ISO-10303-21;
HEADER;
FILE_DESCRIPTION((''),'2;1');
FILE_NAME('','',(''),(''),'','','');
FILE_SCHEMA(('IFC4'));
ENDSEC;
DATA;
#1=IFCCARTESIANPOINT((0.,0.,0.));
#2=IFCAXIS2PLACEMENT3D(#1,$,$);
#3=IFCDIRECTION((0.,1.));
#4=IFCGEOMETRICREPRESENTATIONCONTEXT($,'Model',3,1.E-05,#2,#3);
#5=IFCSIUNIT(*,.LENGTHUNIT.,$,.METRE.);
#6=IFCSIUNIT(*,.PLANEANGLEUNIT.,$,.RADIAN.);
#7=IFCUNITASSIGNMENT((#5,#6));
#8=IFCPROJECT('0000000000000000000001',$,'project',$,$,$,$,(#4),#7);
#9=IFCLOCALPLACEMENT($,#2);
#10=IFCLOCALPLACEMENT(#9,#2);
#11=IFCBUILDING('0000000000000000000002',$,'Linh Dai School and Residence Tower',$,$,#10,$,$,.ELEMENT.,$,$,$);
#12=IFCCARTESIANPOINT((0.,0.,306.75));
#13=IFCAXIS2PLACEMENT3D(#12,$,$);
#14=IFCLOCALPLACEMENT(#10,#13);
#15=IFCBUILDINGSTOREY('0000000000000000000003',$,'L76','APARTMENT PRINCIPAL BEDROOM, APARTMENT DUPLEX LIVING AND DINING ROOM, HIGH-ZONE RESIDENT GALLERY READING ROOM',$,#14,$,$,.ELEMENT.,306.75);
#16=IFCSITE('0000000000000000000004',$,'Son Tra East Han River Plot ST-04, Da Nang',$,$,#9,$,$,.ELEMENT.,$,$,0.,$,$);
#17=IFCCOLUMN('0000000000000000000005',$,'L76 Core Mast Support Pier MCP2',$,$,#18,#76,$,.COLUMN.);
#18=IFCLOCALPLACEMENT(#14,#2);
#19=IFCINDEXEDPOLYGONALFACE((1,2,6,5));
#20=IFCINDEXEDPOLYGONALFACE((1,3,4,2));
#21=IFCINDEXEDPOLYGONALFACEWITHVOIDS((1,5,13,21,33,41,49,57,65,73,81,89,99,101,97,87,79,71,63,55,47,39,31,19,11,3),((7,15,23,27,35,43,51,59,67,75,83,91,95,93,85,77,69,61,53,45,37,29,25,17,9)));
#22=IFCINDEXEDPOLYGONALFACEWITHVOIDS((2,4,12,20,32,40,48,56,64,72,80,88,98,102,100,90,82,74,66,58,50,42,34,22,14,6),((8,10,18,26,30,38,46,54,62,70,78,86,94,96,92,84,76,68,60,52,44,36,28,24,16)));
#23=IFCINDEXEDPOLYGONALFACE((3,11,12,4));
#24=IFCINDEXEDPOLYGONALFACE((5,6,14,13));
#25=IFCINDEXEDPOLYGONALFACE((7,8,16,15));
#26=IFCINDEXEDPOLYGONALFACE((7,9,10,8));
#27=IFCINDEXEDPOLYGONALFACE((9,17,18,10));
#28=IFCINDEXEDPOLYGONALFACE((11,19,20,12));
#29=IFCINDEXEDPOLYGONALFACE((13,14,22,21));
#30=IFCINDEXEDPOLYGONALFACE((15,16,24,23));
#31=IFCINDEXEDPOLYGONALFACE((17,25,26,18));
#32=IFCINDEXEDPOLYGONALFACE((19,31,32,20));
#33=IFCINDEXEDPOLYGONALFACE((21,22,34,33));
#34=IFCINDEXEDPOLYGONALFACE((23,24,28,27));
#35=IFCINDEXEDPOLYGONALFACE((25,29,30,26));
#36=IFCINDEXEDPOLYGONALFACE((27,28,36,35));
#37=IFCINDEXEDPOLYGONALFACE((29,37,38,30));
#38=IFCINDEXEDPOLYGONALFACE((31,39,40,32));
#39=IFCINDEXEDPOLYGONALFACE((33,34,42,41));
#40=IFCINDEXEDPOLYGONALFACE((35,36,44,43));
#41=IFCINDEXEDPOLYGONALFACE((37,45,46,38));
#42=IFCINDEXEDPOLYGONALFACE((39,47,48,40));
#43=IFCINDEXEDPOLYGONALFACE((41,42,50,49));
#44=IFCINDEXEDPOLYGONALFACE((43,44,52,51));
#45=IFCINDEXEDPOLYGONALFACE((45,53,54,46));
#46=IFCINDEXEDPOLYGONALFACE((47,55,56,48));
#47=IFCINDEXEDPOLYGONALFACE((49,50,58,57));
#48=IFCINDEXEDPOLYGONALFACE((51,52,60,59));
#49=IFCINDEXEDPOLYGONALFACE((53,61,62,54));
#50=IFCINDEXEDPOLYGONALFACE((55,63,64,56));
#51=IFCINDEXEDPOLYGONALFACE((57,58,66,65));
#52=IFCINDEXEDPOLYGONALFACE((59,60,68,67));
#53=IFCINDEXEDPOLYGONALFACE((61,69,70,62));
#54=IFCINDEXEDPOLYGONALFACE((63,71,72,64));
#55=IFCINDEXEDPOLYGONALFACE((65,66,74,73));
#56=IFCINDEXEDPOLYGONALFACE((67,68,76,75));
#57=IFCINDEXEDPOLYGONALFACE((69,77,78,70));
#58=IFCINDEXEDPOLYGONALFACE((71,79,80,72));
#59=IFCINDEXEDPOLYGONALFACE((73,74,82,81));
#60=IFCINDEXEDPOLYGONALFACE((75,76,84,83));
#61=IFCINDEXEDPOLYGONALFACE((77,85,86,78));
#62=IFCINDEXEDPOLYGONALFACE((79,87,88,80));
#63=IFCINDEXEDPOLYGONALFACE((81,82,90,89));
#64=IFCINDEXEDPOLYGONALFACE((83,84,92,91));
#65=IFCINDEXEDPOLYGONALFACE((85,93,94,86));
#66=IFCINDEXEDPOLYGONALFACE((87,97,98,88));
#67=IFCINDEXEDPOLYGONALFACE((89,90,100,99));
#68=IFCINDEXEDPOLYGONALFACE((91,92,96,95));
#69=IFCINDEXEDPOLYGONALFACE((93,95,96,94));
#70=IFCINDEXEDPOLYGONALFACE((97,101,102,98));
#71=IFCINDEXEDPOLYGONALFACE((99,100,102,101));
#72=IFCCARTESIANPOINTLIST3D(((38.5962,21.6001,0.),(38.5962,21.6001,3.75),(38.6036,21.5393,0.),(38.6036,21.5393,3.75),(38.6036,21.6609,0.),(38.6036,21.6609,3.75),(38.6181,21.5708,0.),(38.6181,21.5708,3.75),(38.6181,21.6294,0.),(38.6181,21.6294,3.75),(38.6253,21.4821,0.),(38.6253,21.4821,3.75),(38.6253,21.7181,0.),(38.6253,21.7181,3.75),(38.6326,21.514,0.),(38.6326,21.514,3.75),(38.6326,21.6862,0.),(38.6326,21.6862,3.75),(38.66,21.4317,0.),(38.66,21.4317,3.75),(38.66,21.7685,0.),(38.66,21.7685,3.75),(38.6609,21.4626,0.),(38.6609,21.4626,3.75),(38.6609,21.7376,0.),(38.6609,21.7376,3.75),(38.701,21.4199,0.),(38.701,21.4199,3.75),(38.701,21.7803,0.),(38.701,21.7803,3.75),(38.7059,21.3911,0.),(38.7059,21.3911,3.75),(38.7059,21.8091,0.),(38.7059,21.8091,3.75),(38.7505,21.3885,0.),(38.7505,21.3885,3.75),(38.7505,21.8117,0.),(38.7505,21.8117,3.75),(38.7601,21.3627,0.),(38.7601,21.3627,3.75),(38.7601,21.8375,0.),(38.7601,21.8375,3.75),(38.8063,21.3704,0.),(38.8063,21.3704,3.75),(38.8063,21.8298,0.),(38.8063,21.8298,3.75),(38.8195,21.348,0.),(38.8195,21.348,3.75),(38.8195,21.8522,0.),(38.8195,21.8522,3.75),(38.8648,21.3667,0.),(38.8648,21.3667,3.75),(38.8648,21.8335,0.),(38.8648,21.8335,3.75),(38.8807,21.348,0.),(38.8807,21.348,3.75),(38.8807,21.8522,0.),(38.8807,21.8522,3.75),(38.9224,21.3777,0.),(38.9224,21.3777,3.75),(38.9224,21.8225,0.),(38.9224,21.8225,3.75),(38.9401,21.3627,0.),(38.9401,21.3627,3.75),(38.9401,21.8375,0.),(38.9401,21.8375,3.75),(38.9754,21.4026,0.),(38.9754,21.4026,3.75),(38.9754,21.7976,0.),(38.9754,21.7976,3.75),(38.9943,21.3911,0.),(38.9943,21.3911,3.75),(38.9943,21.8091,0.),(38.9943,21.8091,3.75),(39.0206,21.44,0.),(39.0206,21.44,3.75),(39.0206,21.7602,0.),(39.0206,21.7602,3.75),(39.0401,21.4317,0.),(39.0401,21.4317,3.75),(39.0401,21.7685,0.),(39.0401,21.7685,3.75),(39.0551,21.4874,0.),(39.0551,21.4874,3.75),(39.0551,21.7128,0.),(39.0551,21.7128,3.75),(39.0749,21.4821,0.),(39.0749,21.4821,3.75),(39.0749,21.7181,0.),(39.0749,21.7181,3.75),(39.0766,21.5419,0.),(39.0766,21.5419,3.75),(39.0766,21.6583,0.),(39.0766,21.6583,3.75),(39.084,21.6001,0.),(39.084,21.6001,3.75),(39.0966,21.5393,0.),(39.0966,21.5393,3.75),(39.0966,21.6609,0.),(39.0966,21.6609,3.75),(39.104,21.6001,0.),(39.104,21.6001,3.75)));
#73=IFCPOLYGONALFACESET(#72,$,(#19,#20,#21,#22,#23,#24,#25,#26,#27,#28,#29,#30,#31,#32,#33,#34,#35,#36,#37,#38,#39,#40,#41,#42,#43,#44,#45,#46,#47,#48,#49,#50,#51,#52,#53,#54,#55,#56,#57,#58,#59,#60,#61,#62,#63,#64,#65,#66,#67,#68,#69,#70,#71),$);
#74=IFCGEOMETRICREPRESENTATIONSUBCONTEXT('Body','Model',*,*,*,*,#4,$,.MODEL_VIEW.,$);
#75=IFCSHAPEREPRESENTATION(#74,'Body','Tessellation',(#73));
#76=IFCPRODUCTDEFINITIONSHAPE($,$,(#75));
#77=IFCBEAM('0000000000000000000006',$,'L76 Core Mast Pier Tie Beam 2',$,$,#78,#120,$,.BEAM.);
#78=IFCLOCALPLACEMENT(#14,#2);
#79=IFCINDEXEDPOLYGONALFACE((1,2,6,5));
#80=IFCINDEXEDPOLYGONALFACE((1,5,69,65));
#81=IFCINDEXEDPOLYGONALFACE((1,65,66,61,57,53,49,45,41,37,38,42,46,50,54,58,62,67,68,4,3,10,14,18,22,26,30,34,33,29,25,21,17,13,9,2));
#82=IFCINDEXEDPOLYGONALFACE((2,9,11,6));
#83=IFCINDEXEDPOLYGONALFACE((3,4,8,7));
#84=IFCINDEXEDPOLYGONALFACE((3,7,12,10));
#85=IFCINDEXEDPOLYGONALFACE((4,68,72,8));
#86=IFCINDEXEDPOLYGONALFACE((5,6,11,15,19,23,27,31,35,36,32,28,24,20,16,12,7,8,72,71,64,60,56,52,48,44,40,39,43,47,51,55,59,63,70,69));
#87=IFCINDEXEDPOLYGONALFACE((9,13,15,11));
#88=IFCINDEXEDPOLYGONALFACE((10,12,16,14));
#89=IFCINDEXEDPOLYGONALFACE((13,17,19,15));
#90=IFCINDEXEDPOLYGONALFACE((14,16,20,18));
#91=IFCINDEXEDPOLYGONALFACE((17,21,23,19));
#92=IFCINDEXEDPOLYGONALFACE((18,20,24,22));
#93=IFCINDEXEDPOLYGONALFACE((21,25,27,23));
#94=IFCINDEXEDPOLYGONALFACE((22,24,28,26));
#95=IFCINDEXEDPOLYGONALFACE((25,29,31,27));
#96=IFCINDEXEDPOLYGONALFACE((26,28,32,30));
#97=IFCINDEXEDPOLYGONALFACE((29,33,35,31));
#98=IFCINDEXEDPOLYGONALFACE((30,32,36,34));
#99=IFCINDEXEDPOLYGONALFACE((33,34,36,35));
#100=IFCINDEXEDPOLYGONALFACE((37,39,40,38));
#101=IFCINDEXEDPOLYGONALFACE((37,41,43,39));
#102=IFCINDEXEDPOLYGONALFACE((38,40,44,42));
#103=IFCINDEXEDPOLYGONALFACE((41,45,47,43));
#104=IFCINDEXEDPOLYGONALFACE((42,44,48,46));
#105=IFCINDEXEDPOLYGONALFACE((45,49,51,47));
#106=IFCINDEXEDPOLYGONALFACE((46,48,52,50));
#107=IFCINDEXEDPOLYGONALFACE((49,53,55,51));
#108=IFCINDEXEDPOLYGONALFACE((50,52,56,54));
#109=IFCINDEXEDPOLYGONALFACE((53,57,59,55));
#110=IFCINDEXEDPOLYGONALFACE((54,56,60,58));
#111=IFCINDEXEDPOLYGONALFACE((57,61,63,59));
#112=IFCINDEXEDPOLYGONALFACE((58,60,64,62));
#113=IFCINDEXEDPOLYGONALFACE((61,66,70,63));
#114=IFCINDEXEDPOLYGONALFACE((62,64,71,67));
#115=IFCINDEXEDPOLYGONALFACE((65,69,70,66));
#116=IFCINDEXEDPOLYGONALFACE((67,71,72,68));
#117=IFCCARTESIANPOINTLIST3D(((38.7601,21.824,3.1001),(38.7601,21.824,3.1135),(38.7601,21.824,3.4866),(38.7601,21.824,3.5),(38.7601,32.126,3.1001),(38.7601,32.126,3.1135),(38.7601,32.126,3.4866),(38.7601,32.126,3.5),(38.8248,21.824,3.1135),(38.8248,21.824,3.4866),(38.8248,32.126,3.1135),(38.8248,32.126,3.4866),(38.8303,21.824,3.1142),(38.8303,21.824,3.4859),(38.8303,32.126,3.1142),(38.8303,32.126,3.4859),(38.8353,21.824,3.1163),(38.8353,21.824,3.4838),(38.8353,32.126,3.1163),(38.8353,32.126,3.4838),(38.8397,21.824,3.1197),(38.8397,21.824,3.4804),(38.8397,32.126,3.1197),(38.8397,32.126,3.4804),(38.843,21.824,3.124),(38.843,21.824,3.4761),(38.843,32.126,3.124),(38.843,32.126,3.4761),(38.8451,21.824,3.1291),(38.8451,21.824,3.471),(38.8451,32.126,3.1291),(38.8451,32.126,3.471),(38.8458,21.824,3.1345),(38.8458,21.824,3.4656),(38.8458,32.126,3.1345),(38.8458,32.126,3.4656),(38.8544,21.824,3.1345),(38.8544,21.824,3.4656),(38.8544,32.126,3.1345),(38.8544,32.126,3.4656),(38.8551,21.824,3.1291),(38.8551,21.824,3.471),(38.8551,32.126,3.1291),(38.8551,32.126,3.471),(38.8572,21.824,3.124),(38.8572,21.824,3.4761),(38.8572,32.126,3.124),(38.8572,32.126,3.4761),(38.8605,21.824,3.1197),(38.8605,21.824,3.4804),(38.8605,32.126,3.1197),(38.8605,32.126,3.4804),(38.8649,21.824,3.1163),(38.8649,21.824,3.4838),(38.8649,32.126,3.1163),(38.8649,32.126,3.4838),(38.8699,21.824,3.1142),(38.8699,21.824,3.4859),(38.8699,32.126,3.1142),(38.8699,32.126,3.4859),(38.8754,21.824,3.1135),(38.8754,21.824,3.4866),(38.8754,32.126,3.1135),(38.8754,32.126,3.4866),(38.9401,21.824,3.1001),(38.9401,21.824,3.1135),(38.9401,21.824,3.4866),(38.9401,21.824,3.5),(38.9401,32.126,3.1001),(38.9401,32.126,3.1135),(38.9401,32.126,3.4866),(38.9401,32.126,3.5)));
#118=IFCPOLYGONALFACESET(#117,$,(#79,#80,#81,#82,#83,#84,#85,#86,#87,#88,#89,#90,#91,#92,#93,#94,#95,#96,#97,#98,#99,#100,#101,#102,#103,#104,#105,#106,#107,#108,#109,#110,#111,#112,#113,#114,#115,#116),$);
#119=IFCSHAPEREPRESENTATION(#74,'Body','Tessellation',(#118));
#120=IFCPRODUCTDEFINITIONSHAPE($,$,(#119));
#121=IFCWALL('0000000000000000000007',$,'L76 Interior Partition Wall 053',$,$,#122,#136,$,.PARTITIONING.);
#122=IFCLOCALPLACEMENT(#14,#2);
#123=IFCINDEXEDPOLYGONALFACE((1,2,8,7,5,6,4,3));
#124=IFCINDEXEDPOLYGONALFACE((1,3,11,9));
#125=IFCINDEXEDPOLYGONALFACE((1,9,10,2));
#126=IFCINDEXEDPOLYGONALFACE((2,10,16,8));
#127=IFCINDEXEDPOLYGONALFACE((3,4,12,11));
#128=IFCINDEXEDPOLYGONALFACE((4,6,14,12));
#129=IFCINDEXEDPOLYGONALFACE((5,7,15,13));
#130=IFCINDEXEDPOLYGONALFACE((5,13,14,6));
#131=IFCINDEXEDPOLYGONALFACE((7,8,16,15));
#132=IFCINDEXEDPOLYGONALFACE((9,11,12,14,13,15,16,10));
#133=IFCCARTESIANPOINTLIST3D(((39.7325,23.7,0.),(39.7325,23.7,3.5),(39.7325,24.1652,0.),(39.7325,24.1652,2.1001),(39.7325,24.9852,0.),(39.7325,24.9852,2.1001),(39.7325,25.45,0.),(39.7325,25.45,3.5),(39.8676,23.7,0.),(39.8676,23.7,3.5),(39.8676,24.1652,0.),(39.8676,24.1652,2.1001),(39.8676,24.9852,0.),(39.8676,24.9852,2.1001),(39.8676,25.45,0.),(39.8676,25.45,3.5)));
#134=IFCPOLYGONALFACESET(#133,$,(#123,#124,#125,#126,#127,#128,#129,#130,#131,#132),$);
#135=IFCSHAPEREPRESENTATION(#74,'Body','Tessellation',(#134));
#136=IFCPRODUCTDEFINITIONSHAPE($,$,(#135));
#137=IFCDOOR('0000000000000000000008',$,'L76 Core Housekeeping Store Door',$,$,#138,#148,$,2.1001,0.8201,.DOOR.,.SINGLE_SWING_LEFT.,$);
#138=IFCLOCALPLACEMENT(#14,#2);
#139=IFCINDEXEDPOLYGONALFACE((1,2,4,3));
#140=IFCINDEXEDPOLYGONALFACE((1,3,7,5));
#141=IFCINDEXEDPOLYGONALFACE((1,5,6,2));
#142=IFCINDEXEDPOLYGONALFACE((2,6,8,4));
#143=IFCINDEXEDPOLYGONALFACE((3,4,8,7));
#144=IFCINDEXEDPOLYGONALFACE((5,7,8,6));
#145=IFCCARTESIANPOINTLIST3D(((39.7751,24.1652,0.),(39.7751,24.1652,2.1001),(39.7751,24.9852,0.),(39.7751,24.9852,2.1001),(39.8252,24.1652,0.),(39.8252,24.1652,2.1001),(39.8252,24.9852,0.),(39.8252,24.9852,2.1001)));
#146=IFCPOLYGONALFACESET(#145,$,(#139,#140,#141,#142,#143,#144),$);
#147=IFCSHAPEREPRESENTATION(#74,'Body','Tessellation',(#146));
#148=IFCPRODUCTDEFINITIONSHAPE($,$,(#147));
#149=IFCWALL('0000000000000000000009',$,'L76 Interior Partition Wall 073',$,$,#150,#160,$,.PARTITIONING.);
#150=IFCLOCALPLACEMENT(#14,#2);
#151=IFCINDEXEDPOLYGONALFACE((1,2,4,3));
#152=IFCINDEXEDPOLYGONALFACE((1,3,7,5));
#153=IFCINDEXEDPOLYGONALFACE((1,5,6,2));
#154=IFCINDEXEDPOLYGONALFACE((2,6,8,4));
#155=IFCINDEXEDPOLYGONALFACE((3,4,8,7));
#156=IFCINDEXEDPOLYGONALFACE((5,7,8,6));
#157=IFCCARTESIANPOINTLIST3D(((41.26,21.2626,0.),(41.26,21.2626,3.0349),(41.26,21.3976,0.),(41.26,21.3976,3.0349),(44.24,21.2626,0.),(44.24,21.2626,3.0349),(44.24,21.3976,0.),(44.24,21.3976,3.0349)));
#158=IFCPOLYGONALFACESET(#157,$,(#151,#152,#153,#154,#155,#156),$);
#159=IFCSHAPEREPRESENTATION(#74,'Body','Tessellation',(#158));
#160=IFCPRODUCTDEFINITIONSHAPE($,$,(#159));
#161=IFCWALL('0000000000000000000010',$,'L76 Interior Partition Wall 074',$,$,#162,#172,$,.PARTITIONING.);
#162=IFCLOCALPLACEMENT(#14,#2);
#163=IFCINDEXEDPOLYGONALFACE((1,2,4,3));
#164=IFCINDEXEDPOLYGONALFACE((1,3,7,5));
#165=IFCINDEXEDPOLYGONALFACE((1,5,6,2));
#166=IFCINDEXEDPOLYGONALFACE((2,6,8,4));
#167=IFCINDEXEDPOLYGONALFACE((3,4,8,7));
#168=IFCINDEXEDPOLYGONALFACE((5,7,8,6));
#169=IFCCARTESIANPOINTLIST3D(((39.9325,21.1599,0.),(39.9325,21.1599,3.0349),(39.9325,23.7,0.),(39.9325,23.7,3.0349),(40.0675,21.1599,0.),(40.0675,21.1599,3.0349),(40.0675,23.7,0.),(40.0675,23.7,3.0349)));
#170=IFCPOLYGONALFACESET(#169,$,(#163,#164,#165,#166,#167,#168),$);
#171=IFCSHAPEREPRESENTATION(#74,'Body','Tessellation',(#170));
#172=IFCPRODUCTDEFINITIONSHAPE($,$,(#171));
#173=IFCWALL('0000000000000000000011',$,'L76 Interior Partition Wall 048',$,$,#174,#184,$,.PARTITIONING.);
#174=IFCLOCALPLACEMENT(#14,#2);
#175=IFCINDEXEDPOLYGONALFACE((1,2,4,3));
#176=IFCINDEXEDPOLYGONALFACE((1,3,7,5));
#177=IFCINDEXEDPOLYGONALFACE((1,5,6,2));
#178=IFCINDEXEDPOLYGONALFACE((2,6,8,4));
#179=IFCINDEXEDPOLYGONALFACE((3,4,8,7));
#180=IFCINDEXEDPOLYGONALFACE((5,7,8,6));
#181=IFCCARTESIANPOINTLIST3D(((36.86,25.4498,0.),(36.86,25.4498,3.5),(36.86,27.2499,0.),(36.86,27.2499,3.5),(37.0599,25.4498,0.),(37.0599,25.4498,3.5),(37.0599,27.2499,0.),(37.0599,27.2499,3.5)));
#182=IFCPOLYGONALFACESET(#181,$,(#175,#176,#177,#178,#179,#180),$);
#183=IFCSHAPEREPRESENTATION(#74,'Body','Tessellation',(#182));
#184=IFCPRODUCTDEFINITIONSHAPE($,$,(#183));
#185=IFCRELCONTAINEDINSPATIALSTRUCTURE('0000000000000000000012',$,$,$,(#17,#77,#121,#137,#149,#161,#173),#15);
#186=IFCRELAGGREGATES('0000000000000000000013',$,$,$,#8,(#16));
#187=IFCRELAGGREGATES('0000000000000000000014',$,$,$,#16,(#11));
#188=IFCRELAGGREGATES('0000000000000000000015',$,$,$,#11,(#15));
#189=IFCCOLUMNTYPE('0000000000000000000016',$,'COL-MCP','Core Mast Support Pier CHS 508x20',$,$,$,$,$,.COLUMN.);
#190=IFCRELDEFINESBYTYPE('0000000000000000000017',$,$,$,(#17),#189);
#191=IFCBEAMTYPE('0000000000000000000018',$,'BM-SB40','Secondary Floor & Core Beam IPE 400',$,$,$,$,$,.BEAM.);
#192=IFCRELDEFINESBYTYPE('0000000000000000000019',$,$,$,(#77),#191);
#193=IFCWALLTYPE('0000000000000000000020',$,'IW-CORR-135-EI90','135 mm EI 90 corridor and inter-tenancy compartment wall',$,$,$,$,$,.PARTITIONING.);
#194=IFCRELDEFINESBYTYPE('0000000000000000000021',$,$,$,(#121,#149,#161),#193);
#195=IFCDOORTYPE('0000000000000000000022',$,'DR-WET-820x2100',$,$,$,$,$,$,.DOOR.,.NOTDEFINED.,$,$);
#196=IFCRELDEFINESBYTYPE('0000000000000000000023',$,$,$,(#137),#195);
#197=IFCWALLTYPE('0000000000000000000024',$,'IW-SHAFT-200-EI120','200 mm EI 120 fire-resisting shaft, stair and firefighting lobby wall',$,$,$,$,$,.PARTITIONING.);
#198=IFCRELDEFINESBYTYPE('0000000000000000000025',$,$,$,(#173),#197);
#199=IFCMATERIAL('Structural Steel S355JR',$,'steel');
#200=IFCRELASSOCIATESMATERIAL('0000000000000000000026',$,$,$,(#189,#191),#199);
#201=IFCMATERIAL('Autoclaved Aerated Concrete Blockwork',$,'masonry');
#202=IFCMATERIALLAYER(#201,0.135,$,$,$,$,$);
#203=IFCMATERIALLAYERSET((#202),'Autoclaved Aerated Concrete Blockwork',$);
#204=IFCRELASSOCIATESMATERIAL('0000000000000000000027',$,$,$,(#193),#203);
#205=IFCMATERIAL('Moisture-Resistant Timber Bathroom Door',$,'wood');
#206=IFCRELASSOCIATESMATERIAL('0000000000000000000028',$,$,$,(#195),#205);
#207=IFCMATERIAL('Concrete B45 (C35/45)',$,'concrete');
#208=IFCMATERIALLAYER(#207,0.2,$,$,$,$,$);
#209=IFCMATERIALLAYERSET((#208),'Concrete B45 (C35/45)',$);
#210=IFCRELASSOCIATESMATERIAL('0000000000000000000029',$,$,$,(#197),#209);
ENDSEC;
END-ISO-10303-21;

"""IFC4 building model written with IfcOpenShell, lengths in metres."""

from ifc_helpers import new_model, si_unit, direction, frame, frame_2d, origin, origin_2d, place, context, subcontext, project, spatial, rectangle, hollow_circle, i_section, extrude, source, transform, mapped, material, layer, layer_set, material_profile, profile_set, type_object, element, fill, save


model = new_model("IFC4")

# Units and contexts
model_context = context("Model", 3, precision=1e-05, world=origin(), true_north=direction((0.0, 1.0)))
body_context = subcontext(model_context, "Body", "Model", "MODEL_VIEW")
ifc_project = project(units=[si_unit("LENGTHUNIT", "METRE"), si_unit("PLANEANGLEUNIT", "RADIAN")], contexts=[model_context])

# Site, building, storey
site_placement = place(None, origin())
site = spatial("IfcSite", under=ifc_project, at=site_placement, Name="Son Tra East Han River Plot ST-04, Da Nang", CompositionType="ELEMENT", RefElevation=0.0)
building_placement = place(site_placement, origin())
building = spatial("IfcBuilding", under=site, at=building_placement, Name="Linh Dai School and Residence Tower", CompositionType="ELEMENT")
storey_placement = place(building_placement, frame((0.0, 0.0, 306.75)))
storey = spatial("IfcBuildingStorey", under=building, at=storey_placement, Name="L76", Description="APARTMENT PRINCIPAL BEDROOM, APARTMENT DUPLEX LIVING AND DINING ROOM, HIGH-ZONE RESIDENT GALLERY READING ROOM", CompositionType="ELEMENT", Elevation=306.75)

# Column
ifc_material_1 = material(Name="Structural Steel S355JR", Category="steel")
ifc_material_profile_1 = material_profile(ifc_material_1, hollow_circle(Radius=0.2539, WallThickness=0.02, at=origin_2d()), Name="CHS 508x20")
ifc_profile_set_1 = profile_set([ifc_material_profile_1], Name="Structural Steel S355JR")
column_type_1 = type_object("IfcColumnType", Name="COL-MCP", Description="Core Mast Support Pier CHS 508x20", PredefinedType="COLUMN", material=ifc_profile_set_1)
column_placement = place(storey_placement, frame((38.8501, 21.6001, 0.0), z_axis=(0.0, 0.0, 1.0), x_axis=(1.0, 0.0, 0.0)))
element("IfcColumn", 1, at=column_placement, inside=storey, type_object=column_type_1, Name="L76 Core Mast Support Pier MCP2", PredefinedType="COLUMN", context=body_context, shape_type="SweptSolid", body=[
    extrude(hollow_circle(Radius=0.2539, WallThickness=0.02, at=origin_2d()), origin(), (0.0, 0.0, 1.0), 3.75),
])

# Beam
ifc_material_profile_2 = material_profile(ifc_material_1, i_section(OverallWidth=0.1799, OverallDepth=0.3999, WebThickness=0.0085, FlangeThickness=0.0134, FilletRadius=0.021, at=origin_2d()), Name="IPE 400")
ifc_profile_set_2 = profile_set([ifc_material_profile_2], Name="Structural Steel S355JR")
beam_type = type_object("IfcBeamType", Name="BM-SB40", Description="Secondary Floor & Core Beam IPE 400", PredefinedType="BEAM", material=ifc_profile_set_2)
beam_placement = place(storey_placement, frame((38.8501, 21.824, 3.3), z_axis=(0.0, 1.0, 0.0), x_axis=(-1.0, 0.0, 0.0)))
element("IfcBeam", 2, at=beam_placement, inside=storey, type_object=beam_type, Name="L76 Core Mast Pier Tie Beam 2", PredefinedType="BEAM", context=body_context, shape_type="SweptSolid", body=[
    extrude(i_section(OverallWidth=0.1799, OverallDepth=0.3999, WebThickness=0.0085, FlangeThickness=0.0134, FilletRadius=0.021, at=origin_2d()), origin(), (0.0, 0.0, 1.0), 10.302),
])

# Wall, opening, door
ifc_material_2 = material(Name="Autoclaved Aerated Concrete Blockwork", Category="masonry")
ifc_layer_1 = layer(ifc_material_2, 0.135)
ifc_layer_set_1 = layer_set([ifc_layer_1], Name="Autoclaved Aerated Concrete Blockwork")
wall_type_1 = type_object("IfcWallType", Name="IW-CORR-135-EI90", Description="135 mm EI 90 corridor and inter-tenancy compartment wall", PredefinedType="PARTITIONING", material=ifc_layer_set_1)
wall_1_placement = place(storey_placement, frame((39.8, 23.7, 0.0), z_axis=(0.0, 0.0, 1.0), x_axis=(0.0, 1.0, 0.0)))
wall_1 = element("IfcWall", 3, at=wall_1_placement, inside=storey, type_object=wall_type_1, Name="L76 Interior Partition Wall 053", PredefinedType="PARTITIONING", context=body_context, shape_type="SweptSolid", body=[
    extrude(rectangle(XDim=1.75, YDim=0.135, at=frame_2d((0.875, 0.0))), origin(), (0.0, 0.0, 1.0), 3.5),
])
opening_placement = place(wall_1_placement, frame((0.4651, 0.0, 0.0)))
opening = element("IfcOpeningElement", 4, at=opening_placement, cuts=wall_1, PredefinedType="OPENING", context=body_context, shape_type="SweptSolid", body=[
    extrude(rectangle(XDim=0.8201, YDim=2.1001, at=origin_2d()), frame((0.4102, 0.0776, 1.05), z_axis=(0.0, -1.0, 0.0), x_axis=(1.0, 0.0, 0.0)), (0.0, 0.0, 1.0), 0.155),
])
ifc_material_3 = material(Name="Moisture-Resistant Timber Bathroom Door", Category="wood")
door_type = type_object("IfcDoorType", Name="DR-WET-820x2100", OperationType="NOTDEFINED", PredefinedType="DOOR", material=ifc_material_3)
shared_shape_1 = source(origin(), body_context, "Body", "SweptSolid", [
    extrude(rectangle(XDim=0.8201, YDim=2.1001, at=origin_2d()), frame((0.4102, 0.0249, 1.05), z_axis=(0.0, -1.0, 0.0), x_axis=(1.0, 0.0, 0.0)), (0.0, 0.0, 1.0), 0.05),
])
door_placement = place(opening_placement, origin())
door = element("IfcDoor", 5, at=door_placement, inside=storey, type_object=door_type, Name="L76 Core Housekeeping Store Door", OperationType="SINGLE_SWING_LEFT", OverallHeight=2.1001, OverallWidth=0.8201, PredefinedType="DOOR", context=body_context, shape_type="MappedRepresentation", body=[
    mapped(shared_shape_1, transform((0.0, 0.0, 0.0), x_axis=(1.0, 0.0, 0.0), y_axis=(0.0, 1.0, 0.0), z_axis=(0.0, 0.0, 1.0), scale=1.0)),
])
fill(opening, door)

# Walls
wall_2_placement = place(storey_placement, frame((44.24, 21.3301, 0.0), z_axis=(0.0, 0.0, 1.0), x_axis=(-1.0, 0.0, 0.0)))
element("IfcWall", 6, at=wall_2_placement, inside=storey, type_object=wall_type_1, Name="L76 Interior Partition Wall 073", PredefinedType="PARTITIONING", context=body_context, shape_type="SweptSolid", body=[
    extrude(rectangle(XDim=2.98, YDim=0.135, at=frame_2d((1.49, 0.0))), origin(), (0.0, 0.0, 1.0), 3.0349),
])
wall_3_placement = place(storey_placement, frame((40.0, 23.7, 0.0), z_axis=(0.0, 0.0, 1.0), x_axis=(0.0, -1.0, 0.0)))
element("IfcWall", 7, at=wall_3_placement, inside=storey, type_object=wall_type_1, Name="L76 Interior Partition Wall 074", PredefinedType="PARTITIONING", context=body_context, shape_type="SweptSolid", body=[
    extrude(rectangle(XDim=2.54, YDim=0.135, at=frame_2d((1.27, 0.0))), origin(), (0.0, 0.0, 1.0), 3.0349),
])
ifc_material_4 = material(Name="Concrete B45 (C35/45)", Category="concrete")
ifc_layer_2 = layer(ifc_material_4, 0.2)
ifc_layer_set_2 = layer_set([ifc_layer_2], Name="Concrete B45 (C35/45)")
wall_type_2 = type_object("IfcWallType", Name="IW-SHAFT-200-EI120", Description="200 mm EI 120 fire-resisting shaft, stair and firefighting lobby wall", PredefinedType="PARTITIONING", material=ifc_layer_set_2)
for number, where, z_axis, x_axis, name in (
    (8, (36.96, 25.45, 0.0), (0.0, 0.0, 1.0), (0.0, 1.0, 0.0), "L76 Interior Partition Wall 048"),
):
    element("IfcWall", number, at=place(storey_placement, frame(where, z_axis=z_axis, x_axis=x_axis)), inside=storey, type_object=wall_type_2, Name=name, PredefinedType="PARTITIONING", context=body_context, shape_type="SweptSolid", body=[
        extrude(rectangle(XDim=1.8, YDim=0.2, at=frame_2d((0.8999, 0.0))), origin(), (0.0, 0.0, 1.0), 3.5),
    ])

save(model, "model.ifc")
